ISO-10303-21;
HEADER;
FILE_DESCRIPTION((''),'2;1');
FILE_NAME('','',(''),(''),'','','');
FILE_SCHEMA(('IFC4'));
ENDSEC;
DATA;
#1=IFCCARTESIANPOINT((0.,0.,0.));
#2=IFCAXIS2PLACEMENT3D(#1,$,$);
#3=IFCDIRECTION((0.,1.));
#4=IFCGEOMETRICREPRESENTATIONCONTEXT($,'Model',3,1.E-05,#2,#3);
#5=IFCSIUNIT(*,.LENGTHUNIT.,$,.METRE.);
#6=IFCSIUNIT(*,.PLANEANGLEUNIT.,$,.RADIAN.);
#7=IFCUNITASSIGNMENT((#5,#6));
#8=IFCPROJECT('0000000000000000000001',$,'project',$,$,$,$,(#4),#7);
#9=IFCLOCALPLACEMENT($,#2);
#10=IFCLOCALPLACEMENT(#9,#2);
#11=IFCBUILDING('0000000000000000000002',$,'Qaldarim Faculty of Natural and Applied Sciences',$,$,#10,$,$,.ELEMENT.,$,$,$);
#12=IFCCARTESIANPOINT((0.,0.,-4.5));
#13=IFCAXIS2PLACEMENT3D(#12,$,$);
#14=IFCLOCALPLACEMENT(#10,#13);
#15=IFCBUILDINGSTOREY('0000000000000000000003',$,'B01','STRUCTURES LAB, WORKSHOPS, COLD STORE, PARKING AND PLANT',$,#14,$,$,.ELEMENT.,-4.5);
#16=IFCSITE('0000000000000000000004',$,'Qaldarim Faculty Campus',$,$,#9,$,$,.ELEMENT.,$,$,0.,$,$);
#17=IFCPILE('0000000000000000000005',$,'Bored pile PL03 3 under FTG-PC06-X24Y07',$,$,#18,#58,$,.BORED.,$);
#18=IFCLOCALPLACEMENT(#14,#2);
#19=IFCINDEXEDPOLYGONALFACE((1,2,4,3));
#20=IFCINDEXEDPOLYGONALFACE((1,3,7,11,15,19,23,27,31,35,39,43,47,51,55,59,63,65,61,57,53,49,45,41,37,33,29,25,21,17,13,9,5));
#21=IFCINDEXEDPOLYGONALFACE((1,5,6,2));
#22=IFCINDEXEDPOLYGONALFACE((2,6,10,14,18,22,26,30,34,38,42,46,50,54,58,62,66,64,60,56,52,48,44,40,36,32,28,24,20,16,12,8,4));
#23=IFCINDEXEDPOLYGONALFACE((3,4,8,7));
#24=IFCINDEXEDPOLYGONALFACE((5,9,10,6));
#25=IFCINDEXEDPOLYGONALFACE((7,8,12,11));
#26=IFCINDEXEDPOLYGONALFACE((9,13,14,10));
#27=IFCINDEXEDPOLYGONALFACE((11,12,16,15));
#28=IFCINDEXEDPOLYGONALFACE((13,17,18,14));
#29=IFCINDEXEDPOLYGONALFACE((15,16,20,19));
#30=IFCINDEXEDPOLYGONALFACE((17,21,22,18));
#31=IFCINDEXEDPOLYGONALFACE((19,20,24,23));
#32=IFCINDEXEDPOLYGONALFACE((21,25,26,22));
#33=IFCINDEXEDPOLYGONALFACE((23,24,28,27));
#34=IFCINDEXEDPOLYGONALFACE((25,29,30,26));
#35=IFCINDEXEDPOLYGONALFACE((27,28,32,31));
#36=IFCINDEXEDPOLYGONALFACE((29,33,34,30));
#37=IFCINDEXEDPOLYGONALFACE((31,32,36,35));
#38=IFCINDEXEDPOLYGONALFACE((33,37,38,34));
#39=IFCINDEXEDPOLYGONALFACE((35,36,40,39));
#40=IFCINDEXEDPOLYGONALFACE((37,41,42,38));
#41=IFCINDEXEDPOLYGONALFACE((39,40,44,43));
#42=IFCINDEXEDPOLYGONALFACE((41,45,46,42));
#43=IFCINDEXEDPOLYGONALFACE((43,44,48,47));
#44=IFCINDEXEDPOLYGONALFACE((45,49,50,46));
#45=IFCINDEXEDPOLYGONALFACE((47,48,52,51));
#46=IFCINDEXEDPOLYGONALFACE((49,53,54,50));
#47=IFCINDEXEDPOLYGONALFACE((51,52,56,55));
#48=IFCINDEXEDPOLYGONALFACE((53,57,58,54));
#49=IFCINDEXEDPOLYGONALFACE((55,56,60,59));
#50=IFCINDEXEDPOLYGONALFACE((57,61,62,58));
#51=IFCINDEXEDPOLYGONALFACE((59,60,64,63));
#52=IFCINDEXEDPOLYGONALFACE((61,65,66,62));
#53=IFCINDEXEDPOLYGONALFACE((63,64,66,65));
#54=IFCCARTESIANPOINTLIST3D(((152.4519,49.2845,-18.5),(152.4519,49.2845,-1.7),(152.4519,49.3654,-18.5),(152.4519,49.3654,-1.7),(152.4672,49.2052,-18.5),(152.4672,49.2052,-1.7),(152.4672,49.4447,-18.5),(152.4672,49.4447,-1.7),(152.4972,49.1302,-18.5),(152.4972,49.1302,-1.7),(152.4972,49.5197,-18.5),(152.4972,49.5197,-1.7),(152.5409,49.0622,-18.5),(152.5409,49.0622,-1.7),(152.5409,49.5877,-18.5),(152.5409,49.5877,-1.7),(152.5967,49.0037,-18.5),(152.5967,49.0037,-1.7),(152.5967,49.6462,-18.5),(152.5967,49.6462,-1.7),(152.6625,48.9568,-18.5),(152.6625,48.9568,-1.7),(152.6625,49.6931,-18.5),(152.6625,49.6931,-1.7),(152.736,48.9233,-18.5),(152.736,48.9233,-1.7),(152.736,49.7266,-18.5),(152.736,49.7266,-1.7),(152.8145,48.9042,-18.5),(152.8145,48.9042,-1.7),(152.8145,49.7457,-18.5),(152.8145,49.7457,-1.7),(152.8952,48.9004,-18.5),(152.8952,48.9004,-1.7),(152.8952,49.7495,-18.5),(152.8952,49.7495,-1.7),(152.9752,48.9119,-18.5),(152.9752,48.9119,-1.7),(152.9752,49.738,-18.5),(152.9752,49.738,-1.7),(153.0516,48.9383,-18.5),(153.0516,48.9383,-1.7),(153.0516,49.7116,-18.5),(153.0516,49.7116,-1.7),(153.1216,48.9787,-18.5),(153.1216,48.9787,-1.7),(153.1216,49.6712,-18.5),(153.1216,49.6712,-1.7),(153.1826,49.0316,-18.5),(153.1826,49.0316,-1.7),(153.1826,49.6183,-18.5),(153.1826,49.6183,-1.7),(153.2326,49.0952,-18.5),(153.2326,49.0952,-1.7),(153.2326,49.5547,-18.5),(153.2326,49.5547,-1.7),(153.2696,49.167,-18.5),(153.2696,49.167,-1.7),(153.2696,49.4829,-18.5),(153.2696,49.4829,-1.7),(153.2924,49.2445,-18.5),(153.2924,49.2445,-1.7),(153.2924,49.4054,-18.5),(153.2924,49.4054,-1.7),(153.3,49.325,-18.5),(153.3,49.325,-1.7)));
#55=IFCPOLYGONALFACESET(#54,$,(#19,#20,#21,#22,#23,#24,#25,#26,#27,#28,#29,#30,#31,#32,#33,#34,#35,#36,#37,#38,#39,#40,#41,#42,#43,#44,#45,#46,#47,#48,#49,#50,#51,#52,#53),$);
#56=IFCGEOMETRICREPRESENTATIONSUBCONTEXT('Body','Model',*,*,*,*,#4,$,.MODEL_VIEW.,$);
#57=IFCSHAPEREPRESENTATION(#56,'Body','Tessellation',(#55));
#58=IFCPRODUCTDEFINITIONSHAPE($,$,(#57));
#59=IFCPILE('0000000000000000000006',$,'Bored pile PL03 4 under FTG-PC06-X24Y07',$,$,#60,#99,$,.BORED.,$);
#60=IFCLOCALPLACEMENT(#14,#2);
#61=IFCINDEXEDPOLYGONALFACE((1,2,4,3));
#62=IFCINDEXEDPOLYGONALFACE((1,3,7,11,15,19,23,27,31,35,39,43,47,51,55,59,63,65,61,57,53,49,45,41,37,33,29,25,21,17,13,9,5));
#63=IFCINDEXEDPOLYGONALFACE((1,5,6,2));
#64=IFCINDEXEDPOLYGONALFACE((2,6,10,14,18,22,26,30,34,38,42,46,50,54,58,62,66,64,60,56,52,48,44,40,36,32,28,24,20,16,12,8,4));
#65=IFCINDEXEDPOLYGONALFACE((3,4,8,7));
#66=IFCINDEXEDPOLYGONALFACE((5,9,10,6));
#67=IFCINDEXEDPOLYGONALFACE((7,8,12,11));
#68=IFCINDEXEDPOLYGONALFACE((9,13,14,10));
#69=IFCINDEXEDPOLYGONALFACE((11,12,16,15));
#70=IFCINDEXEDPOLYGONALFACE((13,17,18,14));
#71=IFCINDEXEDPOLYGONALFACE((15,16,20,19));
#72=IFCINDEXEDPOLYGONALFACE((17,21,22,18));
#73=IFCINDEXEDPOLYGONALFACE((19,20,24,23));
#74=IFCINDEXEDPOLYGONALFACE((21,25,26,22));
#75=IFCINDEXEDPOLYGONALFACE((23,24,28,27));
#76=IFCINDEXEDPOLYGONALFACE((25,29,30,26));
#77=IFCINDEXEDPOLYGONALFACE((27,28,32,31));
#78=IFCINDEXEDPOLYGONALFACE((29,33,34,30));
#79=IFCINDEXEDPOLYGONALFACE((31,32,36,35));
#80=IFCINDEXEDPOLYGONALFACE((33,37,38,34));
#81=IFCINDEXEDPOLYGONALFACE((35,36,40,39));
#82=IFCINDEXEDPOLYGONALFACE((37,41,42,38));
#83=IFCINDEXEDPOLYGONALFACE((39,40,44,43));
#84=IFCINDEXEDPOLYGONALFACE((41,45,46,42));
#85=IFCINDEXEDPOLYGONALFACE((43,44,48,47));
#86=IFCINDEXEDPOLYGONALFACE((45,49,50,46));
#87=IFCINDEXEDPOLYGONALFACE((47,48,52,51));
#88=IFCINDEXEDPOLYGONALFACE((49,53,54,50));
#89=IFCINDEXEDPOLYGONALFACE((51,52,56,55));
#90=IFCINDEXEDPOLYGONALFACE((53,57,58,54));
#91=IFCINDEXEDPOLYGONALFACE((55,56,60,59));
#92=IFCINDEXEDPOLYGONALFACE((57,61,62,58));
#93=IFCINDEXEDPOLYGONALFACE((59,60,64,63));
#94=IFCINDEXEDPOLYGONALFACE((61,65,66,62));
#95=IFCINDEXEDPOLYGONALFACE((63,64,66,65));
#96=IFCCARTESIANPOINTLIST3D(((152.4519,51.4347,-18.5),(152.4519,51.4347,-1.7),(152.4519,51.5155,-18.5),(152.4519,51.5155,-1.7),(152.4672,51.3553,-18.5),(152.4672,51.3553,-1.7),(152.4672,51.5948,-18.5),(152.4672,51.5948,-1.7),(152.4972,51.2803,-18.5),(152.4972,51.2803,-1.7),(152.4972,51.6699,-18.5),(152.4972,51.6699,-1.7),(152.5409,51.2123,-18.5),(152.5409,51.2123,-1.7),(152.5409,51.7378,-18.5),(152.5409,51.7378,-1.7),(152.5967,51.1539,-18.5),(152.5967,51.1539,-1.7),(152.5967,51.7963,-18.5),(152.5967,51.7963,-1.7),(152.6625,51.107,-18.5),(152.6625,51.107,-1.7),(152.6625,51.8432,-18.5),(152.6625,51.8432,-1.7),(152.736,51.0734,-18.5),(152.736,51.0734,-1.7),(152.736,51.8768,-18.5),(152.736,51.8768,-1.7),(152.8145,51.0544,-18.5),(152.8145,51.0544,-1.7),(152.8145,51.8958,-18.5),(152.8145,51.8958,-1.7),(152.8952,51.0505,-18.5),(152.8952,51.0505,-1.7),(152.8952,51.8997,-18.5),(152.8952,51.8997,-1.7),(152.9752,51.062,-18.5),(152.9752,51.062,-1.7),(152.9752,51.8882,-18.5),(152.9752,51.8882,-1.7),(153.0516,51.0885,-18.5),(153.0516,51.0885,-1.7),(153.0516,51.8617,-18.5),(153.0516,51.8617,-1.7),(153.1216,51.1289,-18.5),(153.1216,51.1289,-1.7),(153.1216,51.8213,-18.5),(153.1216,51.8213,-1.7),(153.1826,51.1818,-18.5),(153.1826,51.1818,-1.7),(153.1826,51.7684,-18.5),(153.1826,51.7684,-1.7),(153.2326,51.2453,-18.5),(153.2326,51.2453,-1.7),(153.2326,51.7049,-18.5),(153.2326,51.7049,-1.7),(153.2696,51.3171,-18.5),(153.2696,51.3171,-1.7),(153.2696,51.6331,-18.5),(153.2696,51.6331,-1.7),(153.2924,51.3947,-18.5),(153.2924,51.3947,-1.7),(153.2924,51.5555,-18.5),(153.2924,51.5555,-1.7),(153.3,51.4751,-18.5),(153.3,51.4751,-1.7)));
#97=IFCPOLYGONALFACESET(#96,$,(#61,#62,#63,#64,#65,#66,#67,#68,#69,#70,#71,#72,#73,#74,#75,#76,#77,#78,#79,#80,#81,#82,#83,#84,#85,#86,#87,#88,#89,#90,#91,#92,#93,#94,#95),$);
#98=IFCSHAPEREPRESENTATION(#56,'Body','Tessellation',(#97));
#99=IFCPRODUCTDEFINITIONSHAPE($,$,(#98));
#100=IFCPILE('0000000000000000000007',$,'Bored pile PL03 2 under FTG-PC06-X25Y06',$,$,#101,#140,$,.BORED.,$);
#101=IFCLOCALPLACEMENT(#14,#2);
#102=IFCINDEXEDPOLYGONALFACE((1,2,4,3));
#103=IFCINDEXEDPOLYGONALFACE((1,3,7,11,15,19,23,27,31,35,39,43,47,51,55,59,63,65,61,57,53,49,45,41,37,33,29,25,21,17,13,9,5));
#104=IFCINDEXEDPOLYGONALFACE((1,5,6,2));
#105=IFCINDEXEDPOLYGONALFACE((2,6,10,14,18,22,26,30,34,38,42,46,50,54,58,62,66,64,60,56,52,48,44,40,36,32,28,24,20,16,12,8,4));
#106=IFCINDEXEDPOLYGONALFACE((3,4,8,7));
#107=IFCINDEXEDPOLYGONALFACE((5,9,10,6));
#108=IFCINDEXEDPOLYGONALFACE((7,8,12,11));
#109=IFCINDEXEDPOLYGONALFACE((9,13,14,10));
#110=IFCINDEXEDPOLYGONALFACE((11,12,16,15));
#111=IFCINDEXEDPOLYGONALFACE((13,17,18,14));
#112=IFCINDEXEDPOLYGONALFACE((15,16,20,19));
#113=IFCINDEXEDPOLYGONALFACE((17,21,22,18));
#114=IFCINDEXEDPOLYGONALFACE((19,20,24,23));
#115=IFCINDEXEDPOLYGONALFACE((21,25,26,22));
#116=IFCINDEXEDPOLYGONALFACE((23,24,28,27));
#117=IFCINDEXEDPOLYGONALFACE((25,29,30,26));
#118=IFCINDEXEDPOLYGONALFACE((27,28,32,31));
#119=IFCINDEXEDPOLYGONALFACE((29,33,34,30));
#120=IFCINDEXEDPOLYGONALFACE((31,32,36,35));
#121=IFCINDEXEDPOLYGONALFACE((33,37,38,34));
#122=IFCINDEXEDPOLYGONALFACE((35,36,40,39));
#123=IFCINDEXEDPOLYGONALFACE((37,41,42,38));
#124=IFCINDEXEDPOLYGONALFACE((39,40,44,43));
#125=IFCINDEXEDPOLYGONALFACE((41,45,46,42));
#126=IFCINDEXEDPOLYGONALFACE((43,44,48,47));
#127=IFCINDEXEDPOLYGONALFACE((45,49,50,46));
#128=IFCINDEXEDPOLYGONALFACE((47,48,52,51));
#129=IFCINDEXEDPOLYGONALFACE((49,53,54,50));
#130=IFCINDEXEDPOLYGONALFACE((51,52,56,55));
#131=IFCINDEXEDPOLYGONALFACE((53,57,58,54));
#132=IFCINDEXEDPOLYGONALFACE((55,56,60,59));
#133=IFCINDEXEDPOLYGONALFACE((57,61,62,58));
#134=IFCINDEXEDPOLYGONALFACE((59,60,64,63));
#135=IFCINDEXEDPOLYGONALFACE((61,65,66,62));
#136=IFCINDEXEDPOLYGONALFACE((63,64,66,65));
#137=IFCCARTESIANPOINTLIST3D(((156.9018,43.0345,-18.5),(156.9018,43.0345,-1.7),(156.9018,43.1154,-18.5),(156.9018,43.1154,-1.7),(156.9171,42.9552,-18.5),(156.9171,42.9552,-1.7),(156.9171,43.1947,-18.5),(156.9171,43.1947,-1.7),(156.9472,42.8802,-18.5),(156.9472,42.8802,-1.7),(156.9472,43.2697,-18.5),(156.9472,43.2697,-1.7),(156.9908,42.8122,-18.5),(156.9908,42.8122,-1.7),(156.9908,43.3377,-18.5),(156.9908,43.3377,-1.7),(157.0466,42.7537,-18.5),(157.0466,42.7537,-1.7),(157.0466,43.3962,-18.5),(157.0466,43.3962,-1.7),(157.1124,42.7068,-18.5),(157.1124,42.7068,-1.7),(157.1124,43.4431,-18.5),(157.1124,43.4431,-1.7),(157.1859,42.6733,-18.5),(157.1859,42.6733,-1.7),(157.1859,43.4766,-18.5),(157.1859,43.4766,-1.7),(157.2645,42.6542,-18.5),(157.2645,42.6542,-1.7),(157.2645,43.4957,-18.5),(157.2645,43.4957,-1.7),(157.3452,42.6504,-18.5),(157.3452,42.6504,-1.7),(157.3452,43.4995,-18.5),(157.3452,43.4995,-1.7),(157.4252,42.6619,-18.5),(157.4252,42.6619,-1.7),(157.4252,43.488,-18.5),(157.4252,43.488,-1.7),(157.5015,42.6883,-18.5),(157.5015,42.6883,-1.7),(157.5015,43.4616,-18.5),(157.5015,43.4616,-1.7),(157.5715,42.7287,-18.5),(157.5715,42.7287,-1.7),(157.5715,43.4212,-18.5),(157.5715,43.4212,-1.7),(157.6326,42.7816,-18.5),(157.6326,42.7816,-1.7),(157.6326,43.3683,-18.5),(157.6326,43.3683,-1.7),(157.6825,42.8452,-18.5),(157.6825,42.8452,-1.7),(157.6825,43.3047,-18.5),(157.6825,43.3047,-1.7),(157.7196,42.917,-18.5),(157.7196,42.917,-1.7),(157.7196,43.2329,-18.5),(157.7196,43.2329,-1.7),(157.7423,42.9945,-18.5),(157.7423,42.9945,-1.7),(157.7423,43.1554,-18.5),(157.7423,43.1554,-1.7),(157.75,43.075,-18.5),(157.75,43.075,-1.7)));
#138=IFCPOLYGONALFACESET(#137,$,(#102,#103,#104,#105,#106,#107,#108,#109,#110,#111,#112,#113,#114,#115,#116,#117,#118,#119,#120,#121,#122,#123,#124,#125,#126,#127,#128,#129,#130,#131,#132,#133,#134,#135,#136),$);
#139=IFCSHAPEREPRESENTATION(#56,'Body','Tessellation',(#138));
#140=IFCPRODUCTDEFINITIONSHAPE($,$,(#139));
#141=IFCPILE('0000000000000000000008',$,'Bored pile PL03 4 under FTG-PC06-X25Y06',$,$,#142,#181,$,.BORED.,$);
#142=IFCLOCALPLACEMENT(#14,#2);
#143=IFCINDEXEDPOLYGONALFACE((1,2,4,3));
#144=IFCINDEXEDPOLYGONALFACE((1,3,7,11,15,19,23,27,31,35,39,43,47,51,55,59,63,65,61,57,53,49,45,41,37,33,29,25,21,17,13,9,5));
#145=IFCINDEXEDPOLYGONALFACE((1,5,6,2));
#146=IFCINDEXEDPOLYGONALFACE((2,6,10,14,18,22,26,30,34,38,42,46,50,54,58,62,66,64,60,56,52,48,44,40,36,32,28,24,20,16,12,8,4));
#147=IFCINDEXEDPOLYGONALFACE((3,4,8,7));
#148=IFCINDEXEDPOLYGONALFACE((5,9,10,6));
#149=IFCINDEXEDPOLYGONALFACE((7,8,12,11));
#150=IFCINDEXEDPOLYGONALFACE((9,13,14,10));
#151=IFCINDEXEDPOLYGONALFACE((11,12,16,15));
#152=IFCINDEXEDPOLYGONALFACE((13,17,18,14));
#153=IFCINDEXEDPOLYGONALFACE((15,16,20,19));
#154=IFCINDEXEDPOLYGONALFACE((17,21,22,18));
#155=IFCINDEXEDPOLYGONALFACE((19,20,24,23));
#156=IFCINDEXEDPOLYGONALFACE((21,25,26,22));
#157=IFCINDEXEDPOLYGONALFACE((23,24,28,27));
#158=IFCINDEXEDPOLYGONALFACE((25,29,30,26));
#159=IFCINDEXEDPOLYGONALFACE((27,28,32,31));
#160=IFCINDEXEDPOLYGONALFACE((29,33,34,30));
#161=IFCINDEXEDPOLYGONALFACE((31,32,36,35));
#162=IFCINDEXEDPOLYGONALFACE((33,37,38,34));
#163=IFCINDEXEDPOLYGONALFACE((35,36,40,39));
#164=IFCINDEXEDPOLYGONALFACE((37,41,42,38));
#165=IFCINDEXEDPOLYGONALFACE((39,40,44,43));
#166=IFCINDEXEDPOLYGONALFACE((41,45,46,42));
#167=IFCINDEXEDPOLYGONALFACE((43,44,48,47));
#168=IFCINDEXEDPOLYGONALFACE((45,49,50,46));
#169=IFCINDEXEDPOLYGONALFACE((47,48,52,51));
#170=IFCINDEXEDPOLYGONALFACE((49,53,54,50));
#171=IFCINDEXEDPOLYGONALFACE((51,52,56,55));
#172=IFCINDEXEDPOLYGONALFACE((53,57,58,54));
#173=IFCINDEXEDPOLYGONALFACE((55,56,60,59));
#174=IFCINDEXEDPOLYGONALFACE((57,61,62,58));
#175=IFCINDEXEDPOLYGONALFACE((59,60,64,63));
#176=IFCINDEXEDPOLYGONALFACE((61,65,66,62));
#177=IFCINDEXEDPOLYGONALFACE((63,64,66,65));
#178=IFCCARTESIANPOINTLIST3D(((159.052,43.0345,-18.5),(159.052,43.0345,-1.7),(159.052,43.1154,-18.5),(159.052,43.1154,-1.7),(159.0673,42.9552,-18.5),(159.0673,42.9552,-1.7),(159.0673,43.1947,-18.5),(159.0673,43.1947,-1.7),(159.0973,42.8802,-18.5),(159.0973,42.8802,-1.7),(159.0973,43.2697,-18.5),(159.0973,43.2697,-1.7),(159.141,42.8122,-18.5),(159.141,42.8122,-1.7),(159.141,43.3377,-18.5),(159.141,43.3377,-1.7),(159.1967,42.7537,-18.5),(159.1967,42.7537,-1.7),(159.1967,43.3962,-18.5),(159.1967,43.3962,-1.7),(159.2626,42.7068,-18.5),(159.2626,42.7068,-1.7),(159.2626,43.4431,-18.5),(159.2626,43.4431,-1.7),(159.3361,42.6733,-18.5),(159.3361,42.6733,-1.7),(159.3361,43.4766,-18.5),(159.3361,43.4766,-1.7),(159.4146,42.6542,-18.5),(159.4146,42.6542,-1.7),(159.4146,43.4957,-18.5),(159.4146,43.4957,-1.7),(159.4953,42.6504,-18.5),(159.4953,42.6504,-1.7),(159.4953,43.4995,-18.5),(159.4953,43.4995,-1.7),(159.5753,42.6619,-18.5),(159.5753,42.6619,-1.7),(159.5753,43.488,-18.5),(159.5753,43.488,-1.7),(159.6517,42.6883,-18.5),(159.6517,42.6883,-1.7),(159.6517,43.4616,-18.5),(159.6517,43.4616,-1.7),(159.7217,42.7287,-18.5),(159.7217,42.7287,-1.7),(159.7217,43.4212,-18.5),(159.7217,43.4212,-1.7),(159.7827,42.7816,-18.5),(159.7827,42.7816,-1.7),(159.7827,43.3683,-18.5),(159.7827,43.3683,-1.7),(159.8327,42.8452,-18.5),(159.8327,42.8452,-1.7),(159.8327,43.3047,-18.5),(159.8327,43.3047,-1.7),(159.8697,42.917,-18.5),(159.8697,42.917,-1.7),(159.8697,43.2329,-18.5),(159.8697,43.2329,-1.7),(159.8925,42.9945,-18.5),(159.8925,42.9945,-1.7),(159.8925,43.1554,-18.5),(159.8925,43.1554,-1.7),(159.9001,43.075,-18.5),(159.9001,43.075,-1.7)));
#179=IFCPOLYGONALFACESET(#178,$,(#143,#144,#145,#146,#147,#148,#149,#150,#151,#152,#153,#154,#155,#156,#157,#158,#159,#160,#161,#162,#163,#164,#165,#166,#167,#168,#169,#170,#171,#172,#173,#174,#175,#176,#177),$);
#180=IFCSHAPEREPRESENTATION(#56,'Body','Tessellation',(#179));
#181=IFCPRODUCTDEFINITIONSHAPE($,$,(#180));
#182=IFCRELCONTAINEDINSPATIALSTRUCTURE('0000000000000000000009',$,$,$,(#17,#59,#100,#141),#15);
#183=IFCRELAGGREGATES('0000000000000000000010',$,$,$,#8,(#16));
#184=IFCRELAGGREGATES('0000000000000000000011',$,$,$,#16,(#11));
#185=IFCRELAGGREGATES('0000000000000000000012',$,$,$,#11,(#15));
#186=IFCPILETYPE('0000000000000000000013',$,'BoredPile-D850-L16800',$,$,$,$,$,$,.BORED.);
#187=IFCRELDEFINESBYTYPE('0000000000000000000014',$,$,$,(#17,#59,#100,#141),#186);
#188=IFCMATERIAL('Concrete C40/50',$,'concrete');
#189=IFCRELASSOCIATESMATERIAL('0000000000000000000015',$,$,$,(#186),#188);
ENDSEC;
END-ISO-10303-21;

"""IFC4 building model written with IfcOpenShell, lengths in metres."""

from ifc_helpers import new_model, si_unit, direction, frame, origin, origin_2d, place, context, subcontext, project, spatial, circle, extrude, material, material_profile, profile_set, type_object, element, save


model = new_model("IFC4")

# Units and contexts
model_context = context("Model", 3, precision=1e-05, world=origin(), true_north=direction((0.0, 1.0)))
body_context = subcontext(model_context, "Body", "Model", "MODEL_VIEW")
ifc_project = project(units=[si_unit("LENGTHUNIT", "METRE"), si_unit("PLANEANGLEUNIT", "RADIAN")], contexts=[model_context])

# Site, building, storey
site_placement = place(None, origin())
site = spatial("IfcSite", under=ifc_project, at=site_placement, Name="Qaldarim Faculty Campus", CompositionType="ELEMENT", RefElevation=0.0)
building_placement = place(site_placement, origin())
building = spatial("IfcBuilding", under=site, at=building_placement, Name="Qaldarim Faculty of Natural and Applied Sciences", CompositionType="ELEMENT")
storey_placement = place(building_placement, frame((0.0, 0.0, -4.5)))
storey = spatial("IfcBuildingStorey", under=building, at=storey_placement, Name="B01", Description="STRUCTURES LAB, WORKSHOPS, COLD STORE, PARKING AND PLANT", CompositionType="ELEMENT", Elevation=-4.5)

# Piles
ifc_material_1 = material(Name="Concrete C40/50", Category="concrete")
ifc_material_profile_1 = material_profile(ifc_material_1, circle(Radius=0.425, at=origin_2d()), Name="PILE-D850")
ifc_profile_set_1 = profile_set([ifc_material_profile_1], Name="Concrete C40/50")
pile_type_1 = type_object("IfcPileType", Name="BoredPile-D850-L16800", PredefinedType="BORED", material=ifc_profile_set_1)
for number, where, z_axis, x_axis, name in (
    (1, (152.875, 49.325, -1.7), (0.0, 0.0, -1.0), (1.0, 0.0, 0.0), "Bored pile PL03 3 under FTG-PC06-X24Y07"),
    (2, (152.875, 51.4751, -1.7), (0.0, 0.0, -1.0), (1.0, 0.0, 0.0), "Bored pile PL03 4 under FTG-PC06-X24Y07"),
    (3, (157.325, 43.075, -1.7), (0.0, 0.0, -1.0), (1.0, 0.0, 0.0), "Bored pile PL03 2 under FTG-PC06-X25Y06"),
    (4, (159.4751, 43.075, -1.7), (0.0, 0.0, -1.0), (1.0, 0.0, 0.0), "Bored pile PL03 4 under FTG-PC06-X25Y06"),
):
    element("IfcPile", number, at=place(storey_placement, frame(where, z_axis=z_axis, x_axis=x_axis)), inside=storey, type_object=pile_type_1, Name=name, PredefinedType="BORED", context=body_context, shape_type="SweptSolid", body=[
        extrude(circle(Radius=0.425, at=origin_2d()), origin(), (0.0, 0.0, 1.0), 16.8),
    ])

save(model, "model.ifc")
